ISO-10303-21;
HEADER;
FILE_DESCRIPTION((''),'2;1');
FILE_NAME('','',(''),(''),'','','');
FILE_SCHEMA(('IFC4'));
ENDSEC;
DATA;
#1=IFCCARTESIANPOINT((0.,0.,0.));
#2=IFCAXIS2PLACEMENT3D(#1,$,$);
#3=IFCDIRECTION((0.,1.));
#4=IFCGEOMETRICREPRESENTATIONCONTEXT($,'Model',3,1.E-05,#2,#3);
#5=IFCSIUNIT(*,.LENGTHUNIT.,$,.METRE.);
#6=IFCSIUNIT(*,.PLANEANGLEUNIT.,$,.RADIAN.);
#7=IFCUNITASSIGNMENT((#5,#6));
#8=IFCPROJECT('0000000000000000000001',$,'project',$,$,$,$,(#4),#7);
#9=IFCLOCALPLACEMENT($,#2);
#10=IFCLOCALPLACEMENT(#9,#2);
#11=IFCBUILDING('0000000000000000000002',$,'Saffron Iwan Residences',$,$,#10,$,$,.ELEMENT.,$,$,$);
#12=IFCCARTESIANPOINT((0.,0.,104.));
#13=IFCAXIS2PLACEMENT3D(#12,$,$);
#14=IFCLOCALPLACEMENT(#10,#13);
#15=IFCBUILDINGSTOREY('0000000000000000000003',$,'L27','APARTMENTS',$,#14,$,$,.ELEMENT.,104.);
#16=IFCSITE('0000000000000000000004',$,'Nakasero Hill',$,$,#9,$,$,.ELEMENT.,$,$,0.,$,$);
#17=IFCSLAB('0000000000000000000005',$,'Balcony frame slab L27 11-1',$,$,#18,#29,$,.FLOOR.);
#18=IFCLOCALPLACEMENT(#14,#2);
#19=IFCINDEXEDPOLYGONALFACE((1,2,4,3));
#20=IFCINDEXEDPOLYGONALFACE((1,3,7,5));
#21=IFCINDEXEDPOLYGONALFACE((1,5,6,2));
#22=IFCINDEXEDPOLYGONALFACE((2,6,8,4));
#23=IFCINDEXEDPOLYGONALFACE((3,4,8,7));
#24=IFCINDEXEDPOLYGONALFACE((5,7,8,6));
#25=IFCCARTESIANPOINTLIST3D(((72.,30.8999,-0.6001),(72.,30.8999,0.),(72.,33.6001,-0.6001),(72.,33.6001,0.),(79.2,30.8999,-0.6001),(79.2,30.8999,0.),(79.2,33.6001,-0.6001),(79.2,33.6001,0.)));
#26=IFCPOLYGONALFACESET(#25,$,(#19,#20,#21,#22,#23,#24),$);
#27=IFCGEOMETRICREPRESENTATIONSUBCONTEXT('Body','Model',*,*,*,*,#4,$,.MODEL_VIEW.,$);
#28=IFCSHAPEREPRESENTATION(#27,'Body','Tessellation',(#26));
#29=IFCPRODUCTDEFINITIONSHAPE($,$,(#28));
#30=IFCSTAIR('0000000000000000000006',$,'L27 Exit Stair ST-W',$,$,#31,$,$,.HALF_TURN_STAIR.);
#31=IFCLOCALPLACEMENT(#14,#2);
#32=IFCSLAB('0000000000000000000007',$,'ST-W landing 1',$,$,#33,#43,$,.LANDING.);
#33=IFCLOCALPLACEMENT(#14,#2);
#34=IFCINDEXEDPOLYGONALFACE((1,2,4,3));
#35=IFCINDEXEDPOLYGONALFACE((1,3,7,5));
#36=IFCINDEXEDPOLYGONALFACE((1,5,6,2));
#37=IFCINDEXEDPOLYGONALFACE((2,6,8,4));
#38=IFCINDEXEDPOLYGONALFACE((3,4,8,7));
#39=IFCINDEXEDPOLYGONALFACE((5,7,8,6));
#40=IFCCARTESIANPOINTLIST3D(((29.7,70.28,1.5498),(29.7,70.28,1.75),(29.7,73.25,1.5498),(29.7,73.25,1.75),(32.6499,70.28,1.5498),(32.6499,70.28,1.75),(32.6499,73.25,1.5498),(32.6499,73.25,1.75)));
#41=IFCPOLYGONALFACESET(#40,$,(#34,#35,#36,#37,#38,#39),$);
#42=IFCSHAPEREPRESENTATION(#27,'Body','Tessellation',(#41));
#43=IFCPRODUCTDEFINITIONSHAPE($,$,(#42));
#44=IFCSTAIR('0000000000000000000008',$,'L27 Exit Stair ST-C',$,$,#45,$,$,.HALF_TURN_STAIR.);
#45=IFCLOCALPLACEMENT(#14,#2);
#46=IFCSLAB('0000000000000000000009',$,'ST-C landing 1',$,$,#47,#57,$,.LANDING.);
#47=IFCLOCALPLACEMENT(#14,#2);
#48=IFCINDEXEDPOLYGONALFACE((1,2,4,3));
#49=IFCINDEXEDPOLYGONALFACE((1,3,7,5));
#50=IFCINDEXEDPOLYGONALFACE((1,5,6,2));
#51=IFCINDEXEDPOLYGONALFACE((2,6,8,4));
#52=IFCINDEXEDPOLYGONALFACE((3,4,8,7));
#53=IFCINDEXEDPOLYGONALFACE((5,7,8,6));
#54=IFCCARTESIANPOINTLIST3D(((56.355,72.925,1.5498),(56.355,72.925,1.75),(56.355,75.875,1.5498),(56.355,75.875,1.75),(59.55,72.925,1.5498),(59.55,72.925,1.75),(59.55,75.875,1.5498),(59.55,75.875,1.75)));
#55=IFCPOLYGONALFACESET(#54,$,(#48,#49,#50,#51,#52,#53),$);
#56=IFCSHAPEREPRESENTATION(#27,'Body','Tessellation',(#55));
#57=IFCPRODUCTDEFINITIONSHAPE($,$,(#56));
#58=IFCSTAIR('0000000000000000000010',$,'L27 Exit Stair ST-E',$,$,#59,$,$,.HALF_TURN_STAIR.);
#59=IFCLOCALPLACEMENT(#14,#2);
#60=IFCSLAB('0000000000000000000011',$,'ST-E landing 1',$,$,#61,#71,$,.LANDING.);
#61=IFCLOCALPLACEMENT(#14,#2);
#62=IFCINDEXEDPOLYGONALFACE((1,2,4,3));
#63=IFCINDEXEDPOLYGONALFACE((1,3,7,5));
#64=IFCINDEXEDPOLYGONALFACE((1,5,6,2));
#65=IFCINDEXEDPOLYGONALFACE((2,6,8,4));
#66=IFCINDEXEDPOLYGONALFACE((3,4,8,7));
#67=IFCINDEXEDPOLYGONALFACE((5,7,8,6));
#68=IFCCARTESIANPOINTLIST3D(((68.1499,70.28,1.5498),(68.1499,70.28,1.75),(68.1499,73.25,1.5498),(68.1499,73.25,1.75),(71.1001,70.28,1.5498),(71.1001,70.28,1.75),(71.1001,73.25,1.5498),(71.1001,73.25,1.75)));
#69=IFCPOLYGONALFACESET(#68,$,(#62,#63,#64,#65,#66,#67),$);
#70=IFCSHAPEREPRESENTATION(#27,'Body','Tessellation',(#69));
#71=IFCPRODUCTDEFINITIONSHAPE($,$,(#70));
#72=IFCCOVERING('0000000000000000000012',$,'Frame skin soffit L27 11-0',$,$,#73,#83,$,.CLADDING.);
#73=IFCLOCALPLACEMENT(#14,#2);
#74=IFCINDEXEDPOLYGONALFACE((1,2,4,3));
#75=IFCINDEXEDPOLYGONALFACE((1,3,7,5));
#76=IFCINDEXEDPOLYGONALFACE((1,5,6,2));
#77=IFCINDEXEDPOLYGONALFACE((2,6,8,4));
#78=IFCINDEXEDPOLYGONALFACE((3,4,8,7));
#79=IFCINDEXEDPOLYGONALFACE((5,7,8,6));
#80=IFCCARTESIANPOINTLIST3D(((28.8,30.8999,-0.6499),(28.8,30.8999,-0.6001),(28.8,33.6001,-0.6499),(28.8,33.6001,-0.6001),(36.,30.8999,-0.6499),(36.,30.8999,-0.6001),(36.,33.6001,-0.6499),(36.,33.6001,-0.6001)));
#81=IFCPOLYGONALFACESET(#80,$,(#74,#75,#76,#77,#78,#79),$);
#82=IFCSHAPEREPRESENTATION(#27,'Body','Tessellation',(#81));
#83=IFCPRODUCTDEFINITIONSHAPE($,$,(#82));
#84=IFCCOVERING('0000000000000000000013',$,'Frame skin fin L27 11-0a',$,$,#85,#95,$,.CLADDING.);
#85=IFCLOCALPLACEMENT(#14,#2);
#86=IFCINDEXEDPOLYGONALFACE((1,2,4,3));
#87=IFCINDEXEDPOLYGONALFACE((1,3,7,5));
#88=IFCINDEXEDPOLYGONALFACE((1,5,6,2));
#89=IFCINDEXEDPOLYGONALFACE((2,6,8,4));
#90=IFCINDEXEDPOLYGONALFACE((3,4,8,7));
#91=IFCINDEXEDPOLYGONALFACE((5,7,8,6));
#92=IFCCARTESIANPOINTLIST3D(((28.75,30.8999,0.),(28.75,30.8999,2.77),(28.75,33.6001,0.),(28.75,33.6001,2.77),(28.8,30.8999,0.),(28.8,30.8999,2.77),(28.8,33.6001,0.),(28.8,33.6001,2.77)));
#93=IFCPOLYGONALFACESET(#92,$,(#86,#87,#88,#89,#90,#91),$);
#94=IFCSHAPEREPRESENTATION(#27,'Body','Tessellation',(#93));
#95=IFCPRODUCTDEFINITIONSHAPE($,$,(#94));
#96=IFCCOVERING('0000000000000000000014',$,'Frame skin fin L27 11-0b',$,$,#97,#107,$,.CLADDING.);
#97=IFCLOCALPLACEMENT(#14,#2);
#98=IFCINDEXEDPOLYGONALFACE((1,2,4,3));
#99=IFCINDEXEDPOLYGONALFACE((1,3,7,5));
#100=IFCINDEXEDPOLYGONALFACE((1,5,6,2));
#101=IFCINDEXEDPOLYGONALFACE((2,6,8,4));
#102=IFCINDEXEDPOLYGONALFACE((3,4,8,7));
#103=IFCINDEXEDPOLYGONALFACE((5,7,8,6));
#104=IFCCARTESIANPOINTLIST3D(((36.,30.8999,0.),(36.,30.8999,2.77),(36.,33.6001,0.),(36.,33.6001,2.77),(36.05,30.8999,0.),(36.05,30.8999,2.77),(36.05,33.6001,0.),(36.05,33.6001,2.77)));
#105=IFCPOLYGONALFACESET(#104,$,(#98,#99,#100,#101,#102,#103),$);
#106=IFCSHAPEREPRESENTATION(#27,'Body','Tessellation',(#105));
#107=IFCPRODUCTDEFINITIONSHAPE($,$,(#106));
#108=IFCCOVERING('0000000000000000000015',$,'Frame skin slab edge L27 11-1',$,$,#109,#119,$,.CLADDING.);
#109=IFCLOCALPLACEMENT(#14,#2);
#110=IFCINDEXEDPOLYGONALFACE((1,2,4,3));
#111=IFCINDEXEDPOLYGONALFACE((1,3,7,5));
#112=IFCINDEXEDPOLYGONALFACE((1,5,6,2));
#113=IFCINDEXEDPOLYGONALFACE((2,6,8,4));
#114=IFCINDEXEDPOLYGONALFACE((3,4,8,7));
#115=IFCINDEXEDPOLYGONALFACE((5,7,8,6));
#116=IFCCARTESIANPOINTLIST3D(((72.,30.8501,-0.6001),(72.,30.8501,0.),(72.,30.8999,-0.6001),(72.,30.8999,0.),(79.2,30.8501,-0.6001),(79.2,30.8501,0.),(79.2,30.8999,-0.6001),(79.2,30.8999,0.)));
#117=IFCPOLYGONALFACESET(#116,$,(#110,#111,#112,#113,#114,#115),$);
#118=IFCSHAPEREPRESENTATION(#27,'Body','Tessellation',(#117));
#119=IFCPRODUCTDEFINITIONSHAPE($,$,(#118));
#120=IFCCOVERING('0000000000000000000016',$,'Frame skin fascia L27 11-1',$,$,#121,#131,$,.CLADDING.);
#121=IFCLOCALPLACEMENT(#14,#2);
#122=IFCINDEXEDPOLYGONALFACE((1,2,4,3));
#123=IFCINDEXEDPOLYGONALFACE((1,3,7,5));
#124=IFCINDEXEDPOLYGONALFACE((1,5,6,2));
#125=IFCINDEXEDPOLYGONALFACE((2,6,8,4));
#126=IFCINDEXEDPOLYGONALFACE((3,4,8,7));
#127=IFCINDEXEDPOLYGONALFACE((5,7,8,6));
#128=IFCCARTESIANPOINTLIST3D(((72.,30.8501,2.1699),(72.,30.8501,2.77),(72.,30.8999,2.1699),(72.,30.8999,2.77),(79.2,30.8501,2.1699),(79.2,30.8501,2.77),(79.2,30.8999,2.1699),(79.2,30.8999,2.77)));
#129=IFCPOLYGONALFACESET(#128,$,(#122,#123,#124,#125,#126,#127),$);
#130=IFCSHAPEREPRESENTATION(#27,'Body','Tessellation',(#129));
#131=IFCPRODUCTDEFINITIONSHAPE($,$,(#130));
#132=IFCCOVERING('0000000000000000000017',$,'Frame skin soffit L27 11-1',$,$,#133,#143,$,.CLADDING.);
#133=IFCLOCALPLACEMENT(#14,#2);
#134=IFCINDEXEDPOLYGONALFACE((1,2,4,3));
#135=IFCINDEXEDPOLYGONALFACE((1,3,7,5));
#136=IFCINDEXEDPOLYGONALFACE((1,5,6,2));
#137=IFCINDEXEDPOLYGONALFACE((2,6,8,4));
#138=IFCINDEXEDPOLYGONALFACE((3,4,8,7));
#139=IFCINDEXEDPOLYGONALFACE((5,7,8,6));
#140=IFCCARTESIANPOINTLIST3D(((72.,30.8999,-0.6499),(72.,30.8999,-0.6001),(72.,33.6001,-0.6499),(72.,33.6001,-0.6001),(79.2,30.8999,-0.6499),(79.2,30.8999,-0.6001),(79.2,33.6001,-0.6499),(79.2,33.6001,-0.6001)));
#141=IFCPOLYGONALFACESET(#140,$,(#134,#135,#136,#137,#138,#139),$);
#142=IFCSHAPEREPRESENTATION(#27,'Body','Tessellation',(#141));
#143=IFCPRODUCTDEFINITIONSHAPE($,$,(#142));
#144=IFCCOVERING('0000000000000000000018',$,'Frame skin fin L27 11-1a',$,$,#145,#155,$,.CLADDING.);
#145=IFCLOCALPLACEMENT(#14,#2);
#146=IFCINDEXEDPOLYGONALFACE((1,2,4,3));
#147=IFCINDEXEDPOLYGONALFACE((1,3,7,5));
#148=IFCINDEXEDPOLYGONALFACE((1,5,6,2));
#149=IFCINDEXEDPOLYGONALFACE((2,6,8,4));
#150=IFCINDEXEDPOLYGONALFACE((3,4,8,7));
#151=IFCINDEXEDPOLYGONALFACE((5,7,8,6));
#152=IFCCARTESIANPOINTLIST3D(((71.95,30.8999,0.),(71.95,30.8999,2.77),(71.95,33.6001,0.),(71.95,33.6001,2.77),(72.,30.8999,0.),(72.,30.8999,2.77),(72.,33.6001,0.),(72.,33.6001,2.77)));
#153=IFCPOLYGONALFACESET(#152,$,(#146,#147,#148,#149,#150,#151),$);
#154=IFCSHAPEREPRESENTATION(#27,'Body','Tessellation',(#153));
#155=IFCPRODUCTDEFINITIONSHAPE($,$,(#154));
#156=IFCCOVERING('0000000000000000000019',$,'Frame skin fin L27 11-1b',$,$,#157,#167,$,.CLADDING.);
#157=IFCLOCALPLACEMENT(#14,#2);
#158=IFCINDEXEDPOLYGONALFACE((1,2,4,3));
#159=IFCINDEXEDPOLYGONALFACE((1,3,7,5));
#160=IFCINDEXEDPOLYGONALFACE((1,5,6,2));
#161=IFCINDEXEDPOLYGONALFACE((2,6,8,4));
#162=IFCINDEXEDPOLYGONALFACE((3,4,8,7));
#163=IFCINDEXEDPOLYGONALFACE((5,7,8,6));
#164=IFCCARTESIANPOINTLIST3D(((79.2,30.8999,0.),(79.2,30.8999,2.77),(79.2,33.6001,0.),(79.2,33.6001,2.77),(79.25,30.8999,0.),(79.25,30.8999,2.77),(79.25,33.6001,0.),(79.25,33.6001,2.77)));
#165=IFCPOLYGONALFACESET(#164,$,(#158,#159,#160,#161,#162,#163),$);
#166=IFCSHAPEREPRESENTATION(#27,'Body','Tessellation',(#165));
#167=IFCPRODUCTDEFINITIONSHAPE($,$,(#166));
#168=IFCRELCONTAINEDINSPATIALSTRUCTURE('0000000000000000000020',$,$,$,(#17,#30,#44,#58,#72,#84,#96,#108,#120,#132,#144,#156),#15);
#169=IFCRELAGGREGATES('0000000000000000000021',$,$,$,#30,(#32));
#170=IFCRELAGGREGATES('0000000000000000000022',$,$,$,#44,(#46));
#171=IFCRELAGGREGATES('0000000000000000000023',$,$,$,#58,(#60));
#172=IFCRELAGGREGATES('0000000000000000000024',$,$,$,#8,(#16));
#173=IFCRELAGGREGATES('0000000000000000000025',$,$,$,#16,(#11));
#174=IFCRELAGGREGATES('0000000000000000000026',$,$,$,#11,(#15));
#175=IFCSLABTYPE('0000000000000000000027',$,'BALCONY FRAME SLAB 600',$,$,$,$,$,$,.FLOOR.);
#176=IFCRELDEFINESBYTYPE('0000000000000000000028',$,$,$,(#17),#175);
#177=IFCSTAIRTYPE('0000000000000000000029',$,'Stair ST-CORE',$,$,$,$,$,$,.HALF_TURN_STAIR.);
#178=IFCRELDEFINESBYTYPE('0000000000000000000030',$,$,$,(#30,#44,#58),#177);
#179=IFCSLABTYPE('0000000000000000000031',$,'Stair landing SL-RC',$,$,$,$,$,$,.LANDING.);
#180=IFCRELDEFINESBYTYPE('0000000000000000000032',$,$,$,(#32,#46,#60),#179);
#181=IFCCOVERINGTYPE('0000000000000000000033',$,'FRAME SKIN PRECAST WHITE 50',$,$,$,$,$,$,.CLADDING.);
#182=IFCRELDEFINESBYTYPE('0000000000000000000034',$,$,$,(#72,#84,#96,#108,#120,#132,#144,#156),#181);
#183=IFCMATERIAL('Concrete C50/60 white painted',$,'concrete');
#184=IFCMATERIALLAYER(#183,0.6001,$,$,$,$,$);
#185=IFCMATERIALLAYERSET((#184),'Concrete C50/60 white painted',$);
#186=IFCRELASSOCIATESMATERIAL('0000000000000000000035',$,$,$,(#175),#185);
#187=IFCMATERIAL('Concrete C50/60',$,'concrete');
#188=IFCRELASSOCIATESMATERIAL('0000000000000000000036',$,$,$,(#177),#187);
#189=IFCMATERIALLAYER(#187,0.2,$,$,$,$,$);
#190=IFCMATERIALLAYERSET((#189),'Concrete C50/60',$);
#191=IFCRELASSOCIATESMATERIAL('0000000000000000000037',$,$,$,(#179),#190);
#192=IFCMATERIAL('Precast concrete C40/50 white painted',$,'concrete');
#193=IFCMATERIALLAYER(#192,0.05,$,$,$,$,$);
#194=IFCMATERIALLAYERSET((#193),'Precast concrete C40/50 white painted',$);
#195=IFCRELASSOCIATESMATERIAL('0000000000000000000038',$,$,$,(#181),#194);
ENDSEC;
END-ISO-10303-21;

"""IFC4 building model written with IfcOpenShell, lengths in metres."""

from ifc_helpers import new_model, si_unit, direction, frame, origin, place, context, subcontext, project, spatial, polyline, outline, extrude, material, layer, layer_set, type_object, element, aggregate, save


model = new_model("IFC4")

# Units and contexts
model_context = context("Model", 3, precision=1e-05, world=origin(), true_north=direction((0.0, 1.0)))
body_context = subcontext(model_context, "Body", "Model", "MODEL_VIEW")
ifc_project = project(units=[si_unit("LENGTHUNIT", "METRE"), si_unit("PLANEANGLEUNIT", "RADIAN")], contexts=[model_context])

# Site, building, storey
site_placement = place(None, origin())
site = spatial("IfcSite", under=ifc_project, at=site_placement, Name="Nakasero Hill", CompositionType="ELEMENT", RefElevation=0.0)
building_placement = place(site_placement, origin())
building = spatial("IfcBuilding", under=site, at=building_placement, Name="Saffron Iwan Residences", CompositionType="ELEMENT")
storey_placement = place(building_placement, frame((0.0, 0.0, 104.0)))
storey = spatial("IfcBuildingStorey", under=building, at=storey_placement, Name="L27", Description="APARTMENTS", CompositionType="ELEMENT", Elevation=104.0)

# Slab
ifc_material_1 = material(Name="Concrete C50/60 white painted", Category="concrete")
ifc_layer_1 = layer(ifc_material_1, 0.6001)
ifc_layer_set_1 = layer_set([ifc_layer_1], Name="Concrete C50/60 white painted")
slab_type_1 = type_object("IfcSlabType", Name="BALCONY FRAME SLAB 600", PredefinedType="FLOOR", material=ifc_layer_set_1)
slab_1_placement = place(storey_placement, frame((0.0, 0.0, -0.6001)))
element("IfcSlab", 1, at=slab_1_placement, inside=storey, type_object=slab_type_1, Name="Balcony frame slab L27 11-1", PredefinedType="FLOOR", context=body_context, shape_type="SweptSolid", body=[
    extrude(outline(polyline([(72.0, 30.8999), (79.2, 30.8999), (79.2, 33.6001), (72.0, 33.6001), (72.0, 30.8999)])), origin(), (0.0, 0.0, 1.0), 0.6001),
])

# Stairs, slabs
ifc_material_2 = material(Name="Concrete C50/60", Category="concrete")
stair_type = type_object("IfcStairType", Name="Stair ST-CORE", PredefinedType="HALF_TURN_STAIR", material=ifc_material_2)
stair_1_placement = place(storey_placement, origin())
stair_1 = element("IfcStair", 2, at=stair_1_placement, inside=storey, type_object=stair_type, Name="L27 Exit Stair ST-W", PredefinedType="HALF_TURN_STAIR")
ifc_layer_2 = layer(ifc_material_2, 0.2)
ifc_layer_set_2 = layer_set([ifc_layer_2], Name="Concrete C50/60")
slab_type_2 = type_object("IfcSlabType", Name="Stair landing SL-RC", PredefinedType="LANDING", material=ifc_layer_set_2)
slab_2_placement = place(storey_placement, frame((0.0, 0.0, 1.5498)))
slab_2 = element("IfcSlab", 3, at=slab_2_placement, type_object=slab_type_2, Name="ST-W landing 1", PredefinedType="LANDING", context=body_context, shape_type="SweptSolid", body=[
    extrude(outline(polyline([(32.6499, 70.28), (32.6499, 73.25), (29.7, 73.25), (29.7, 70.28), (32.6499, 70.28)])), origin(), (0.0, 0.0, 1.0), 0.2002),
])
aggregate(stair_1, [slab_2])
stair_2_placement = place(storey_placement, origin())
stair_2 = element("IfcStair", 4, at=stair_2_placement, inside=storey, type_object=stair_type, Name="L27 Exit Stair ST-C", PredefinedType="HALF_TURN_STAIR")
slab_3_placement = place(storey_placement, frame((0.0, 0.0, 1.5498)))
slab_3 = element("IfcSlab", 5, at=slab_3_placement, type_object=slab_type_2, Name="ST-C landing 1", PredefinedType="LANDING", context=body_context, shape_type="SweptSolid", body=[
    extrude(outline(polyline([(56.355, 72.925), (59.55, 72.925), (59.55, 75.875), (56.355, 75.875), (56.355, 72.925)])), origin(), (0.0, 0.0, 1.0), 0.2002),
])
aggregate(stair_2, [slab_3])
stair_3_placement = place(storey_placement, origin())
stair_3 = element("IfcStair", 6, at=stair_3_placement, inside=storey, type_object=stair_type, Name="L27 Exit Stair ST-E", PredefinedType="HALF_TURN_STAIR")
slab_4_placement = place(storey_placement, frame((0.0, 0.0, 1.5498)))
slab_4 = element("IfcSlab", 7, at=slab_4_placement, type_object=slab_type_2, Name="ST-E landing 1", PredefinedType="LANDING", context=body_context, shape_type="SweptSolid", body=[
    extrude(outline(polyline([(71.1001, 70.28), (71.1001, 73.25), (68.1499, 73.25), (68.1499, 70.28), (71.1001, 70.28)])), origin(), (0.0, 0.0, 1.0), 0.2002),
])
aggregate(stair_3, [slab_4])

# Coverings
ifc_material_3 = material(Name="Precast concrete C40/50 white painted", Category="concrete")
ifc_layer_3 = layer(ifc_material_3, 0.05)
ifc_layer_set_3 = layer_set([ifc_layer_3], Name="Precast concrete C40/50 white painted")
covering_type = type_object("IfcCoveringType", Name="FRAME SKIN PRECAST WHITE 50", PredefinedType="CLADDING", material=ifc_layer_set_3)
covering_1_placement = place(storey_placement, frame((0.0, 0.0, -0.6499)))
element("IfcCovering", 8, at=covering_1_placement, inside=storey, type_object=covering_type, Name="Frame skin soffit L27 11-0", PredefinedType="CLADDING", context=body_context, shape_type="SweptSolid", body=[
    extrude(outline(polyline([(28.8, 30.8999), (36.0, 30.8999), (36.0, 33.6001), (28.8, 33.6001), (28.8, 30.8999)])), origin(), (0.0, 0.0, 1.0), 0.0498),
])
covering_2_placement = place(storey_placement, origin())
element("IfcCovering", 9, at=covering_2_placement, inside=storey, type_object=covering_type, Name="Frame skin fin L27 11-0a", PredefinedType="CLADDING", context=body_context, shape_type="SweptSolid", body=[
    extrude(outline(polyline([(28.75, 30.8999), (28.8, 30.8999), (28.8, 33.6001), (28.75, 33.6001), (28.75, 30.8999)])), origin(), (0.0, 0.0, 1.0), 2.77),
])
covering_3_placement = place(storey_placement, origin())
element("IfcCovering", 10, at=covering_3_placement, inside=storey, type_object=covering_type, Name="Frame skin fin L27 11-0b", PredefinedType="CLADDING", context=body_context, shape_type="SweptSolid", body=[
    extrude(outline(polyline([(36.0, 30.8999), (36.05, 30.8999), (36.05, 33.6001), (36.0, 33.6001), (36.0, 30.8999)])), origin(), (0.0, 0.0, 1.0), 2.77),
])
for number, where, name in (
    (11, (0.0, 0.0, -0.6001), "Frame skin slab edge L27 11-1"),
    (12, (0.0, 0.0, 2.1699), "Frame skin fascia L27 11-1"),
):
    element("IfcCovering", number, at=place(storey_placement, frame(where)), inside=storey, type_object=covering_type, Name=name, PredefinedType="CLADDING", context=body_context, shape_type="SweptSolid", body=[
        extrude(outline(polyline([(72.0, 30.8501), (79.2, 30.8501), (79.2, 30.8999), (72.0, 30.8999), (72.0, 30.8501)])), origin(), (0.0, 0.0, 1.0), 0.6001),
    ])
covering_4_placement = place(storey_placement, frame((0.0, 0.0, -0.6499)))
element("IfcCovering", 13, at=covering_4_placement, inside=storey, type_object=covering_type, Name="Frame skin soffit L27 11-1", PredefinedType="CLADDING", context=body_context, shape_type="SweptSolid", body=[
    extrude(outline(polyline([(72.0, 30.8999), (79.2, 30.8999), (79.2, 33.6001), (72.0, 33.6001), (72.0, 30.8999)])), origin(), (0.0, 0.0, 1.0), 0.0498),
])
covering_5_placement = place(storey_placement, origin())
element("IfcCovering", 14, at=covering_5_placement, inside=storey, type_object=covering_type, Name="Frame skin fin L27 11-1a", PredefinedType="CLADDING", context=body_context, shape_type="SweptSolid", body=[
    extrude(outline(polyline([(71.95, 30.8999), (72.0, 30.8999), (72.0, 33.6001), (71.95, 33.6001), (71.95, 30.8999)])), origin(), (0.0, 0.0, 1.0), 2.77),
])
covering_6_placement = place(storey_placement, origin())
element("IfcCovering", 15, at=covering_6_placement, inside=storey, type_object=covering_type, Name="Frame skin fin L27 11-1b", PredefinedType="CLADDING", context=body_context, shape_type="SweptSolid", body=[
    extrude(outline(polyline([(79.2, 30.8999), (79.25, 30.8999), (79.25, 33.6001), (79.2, 33.6001), (79.2, 30.8999)])), origin(), (0.0, 0.0, 1.0), 2.77),
])

save(model, "model.ifc")
